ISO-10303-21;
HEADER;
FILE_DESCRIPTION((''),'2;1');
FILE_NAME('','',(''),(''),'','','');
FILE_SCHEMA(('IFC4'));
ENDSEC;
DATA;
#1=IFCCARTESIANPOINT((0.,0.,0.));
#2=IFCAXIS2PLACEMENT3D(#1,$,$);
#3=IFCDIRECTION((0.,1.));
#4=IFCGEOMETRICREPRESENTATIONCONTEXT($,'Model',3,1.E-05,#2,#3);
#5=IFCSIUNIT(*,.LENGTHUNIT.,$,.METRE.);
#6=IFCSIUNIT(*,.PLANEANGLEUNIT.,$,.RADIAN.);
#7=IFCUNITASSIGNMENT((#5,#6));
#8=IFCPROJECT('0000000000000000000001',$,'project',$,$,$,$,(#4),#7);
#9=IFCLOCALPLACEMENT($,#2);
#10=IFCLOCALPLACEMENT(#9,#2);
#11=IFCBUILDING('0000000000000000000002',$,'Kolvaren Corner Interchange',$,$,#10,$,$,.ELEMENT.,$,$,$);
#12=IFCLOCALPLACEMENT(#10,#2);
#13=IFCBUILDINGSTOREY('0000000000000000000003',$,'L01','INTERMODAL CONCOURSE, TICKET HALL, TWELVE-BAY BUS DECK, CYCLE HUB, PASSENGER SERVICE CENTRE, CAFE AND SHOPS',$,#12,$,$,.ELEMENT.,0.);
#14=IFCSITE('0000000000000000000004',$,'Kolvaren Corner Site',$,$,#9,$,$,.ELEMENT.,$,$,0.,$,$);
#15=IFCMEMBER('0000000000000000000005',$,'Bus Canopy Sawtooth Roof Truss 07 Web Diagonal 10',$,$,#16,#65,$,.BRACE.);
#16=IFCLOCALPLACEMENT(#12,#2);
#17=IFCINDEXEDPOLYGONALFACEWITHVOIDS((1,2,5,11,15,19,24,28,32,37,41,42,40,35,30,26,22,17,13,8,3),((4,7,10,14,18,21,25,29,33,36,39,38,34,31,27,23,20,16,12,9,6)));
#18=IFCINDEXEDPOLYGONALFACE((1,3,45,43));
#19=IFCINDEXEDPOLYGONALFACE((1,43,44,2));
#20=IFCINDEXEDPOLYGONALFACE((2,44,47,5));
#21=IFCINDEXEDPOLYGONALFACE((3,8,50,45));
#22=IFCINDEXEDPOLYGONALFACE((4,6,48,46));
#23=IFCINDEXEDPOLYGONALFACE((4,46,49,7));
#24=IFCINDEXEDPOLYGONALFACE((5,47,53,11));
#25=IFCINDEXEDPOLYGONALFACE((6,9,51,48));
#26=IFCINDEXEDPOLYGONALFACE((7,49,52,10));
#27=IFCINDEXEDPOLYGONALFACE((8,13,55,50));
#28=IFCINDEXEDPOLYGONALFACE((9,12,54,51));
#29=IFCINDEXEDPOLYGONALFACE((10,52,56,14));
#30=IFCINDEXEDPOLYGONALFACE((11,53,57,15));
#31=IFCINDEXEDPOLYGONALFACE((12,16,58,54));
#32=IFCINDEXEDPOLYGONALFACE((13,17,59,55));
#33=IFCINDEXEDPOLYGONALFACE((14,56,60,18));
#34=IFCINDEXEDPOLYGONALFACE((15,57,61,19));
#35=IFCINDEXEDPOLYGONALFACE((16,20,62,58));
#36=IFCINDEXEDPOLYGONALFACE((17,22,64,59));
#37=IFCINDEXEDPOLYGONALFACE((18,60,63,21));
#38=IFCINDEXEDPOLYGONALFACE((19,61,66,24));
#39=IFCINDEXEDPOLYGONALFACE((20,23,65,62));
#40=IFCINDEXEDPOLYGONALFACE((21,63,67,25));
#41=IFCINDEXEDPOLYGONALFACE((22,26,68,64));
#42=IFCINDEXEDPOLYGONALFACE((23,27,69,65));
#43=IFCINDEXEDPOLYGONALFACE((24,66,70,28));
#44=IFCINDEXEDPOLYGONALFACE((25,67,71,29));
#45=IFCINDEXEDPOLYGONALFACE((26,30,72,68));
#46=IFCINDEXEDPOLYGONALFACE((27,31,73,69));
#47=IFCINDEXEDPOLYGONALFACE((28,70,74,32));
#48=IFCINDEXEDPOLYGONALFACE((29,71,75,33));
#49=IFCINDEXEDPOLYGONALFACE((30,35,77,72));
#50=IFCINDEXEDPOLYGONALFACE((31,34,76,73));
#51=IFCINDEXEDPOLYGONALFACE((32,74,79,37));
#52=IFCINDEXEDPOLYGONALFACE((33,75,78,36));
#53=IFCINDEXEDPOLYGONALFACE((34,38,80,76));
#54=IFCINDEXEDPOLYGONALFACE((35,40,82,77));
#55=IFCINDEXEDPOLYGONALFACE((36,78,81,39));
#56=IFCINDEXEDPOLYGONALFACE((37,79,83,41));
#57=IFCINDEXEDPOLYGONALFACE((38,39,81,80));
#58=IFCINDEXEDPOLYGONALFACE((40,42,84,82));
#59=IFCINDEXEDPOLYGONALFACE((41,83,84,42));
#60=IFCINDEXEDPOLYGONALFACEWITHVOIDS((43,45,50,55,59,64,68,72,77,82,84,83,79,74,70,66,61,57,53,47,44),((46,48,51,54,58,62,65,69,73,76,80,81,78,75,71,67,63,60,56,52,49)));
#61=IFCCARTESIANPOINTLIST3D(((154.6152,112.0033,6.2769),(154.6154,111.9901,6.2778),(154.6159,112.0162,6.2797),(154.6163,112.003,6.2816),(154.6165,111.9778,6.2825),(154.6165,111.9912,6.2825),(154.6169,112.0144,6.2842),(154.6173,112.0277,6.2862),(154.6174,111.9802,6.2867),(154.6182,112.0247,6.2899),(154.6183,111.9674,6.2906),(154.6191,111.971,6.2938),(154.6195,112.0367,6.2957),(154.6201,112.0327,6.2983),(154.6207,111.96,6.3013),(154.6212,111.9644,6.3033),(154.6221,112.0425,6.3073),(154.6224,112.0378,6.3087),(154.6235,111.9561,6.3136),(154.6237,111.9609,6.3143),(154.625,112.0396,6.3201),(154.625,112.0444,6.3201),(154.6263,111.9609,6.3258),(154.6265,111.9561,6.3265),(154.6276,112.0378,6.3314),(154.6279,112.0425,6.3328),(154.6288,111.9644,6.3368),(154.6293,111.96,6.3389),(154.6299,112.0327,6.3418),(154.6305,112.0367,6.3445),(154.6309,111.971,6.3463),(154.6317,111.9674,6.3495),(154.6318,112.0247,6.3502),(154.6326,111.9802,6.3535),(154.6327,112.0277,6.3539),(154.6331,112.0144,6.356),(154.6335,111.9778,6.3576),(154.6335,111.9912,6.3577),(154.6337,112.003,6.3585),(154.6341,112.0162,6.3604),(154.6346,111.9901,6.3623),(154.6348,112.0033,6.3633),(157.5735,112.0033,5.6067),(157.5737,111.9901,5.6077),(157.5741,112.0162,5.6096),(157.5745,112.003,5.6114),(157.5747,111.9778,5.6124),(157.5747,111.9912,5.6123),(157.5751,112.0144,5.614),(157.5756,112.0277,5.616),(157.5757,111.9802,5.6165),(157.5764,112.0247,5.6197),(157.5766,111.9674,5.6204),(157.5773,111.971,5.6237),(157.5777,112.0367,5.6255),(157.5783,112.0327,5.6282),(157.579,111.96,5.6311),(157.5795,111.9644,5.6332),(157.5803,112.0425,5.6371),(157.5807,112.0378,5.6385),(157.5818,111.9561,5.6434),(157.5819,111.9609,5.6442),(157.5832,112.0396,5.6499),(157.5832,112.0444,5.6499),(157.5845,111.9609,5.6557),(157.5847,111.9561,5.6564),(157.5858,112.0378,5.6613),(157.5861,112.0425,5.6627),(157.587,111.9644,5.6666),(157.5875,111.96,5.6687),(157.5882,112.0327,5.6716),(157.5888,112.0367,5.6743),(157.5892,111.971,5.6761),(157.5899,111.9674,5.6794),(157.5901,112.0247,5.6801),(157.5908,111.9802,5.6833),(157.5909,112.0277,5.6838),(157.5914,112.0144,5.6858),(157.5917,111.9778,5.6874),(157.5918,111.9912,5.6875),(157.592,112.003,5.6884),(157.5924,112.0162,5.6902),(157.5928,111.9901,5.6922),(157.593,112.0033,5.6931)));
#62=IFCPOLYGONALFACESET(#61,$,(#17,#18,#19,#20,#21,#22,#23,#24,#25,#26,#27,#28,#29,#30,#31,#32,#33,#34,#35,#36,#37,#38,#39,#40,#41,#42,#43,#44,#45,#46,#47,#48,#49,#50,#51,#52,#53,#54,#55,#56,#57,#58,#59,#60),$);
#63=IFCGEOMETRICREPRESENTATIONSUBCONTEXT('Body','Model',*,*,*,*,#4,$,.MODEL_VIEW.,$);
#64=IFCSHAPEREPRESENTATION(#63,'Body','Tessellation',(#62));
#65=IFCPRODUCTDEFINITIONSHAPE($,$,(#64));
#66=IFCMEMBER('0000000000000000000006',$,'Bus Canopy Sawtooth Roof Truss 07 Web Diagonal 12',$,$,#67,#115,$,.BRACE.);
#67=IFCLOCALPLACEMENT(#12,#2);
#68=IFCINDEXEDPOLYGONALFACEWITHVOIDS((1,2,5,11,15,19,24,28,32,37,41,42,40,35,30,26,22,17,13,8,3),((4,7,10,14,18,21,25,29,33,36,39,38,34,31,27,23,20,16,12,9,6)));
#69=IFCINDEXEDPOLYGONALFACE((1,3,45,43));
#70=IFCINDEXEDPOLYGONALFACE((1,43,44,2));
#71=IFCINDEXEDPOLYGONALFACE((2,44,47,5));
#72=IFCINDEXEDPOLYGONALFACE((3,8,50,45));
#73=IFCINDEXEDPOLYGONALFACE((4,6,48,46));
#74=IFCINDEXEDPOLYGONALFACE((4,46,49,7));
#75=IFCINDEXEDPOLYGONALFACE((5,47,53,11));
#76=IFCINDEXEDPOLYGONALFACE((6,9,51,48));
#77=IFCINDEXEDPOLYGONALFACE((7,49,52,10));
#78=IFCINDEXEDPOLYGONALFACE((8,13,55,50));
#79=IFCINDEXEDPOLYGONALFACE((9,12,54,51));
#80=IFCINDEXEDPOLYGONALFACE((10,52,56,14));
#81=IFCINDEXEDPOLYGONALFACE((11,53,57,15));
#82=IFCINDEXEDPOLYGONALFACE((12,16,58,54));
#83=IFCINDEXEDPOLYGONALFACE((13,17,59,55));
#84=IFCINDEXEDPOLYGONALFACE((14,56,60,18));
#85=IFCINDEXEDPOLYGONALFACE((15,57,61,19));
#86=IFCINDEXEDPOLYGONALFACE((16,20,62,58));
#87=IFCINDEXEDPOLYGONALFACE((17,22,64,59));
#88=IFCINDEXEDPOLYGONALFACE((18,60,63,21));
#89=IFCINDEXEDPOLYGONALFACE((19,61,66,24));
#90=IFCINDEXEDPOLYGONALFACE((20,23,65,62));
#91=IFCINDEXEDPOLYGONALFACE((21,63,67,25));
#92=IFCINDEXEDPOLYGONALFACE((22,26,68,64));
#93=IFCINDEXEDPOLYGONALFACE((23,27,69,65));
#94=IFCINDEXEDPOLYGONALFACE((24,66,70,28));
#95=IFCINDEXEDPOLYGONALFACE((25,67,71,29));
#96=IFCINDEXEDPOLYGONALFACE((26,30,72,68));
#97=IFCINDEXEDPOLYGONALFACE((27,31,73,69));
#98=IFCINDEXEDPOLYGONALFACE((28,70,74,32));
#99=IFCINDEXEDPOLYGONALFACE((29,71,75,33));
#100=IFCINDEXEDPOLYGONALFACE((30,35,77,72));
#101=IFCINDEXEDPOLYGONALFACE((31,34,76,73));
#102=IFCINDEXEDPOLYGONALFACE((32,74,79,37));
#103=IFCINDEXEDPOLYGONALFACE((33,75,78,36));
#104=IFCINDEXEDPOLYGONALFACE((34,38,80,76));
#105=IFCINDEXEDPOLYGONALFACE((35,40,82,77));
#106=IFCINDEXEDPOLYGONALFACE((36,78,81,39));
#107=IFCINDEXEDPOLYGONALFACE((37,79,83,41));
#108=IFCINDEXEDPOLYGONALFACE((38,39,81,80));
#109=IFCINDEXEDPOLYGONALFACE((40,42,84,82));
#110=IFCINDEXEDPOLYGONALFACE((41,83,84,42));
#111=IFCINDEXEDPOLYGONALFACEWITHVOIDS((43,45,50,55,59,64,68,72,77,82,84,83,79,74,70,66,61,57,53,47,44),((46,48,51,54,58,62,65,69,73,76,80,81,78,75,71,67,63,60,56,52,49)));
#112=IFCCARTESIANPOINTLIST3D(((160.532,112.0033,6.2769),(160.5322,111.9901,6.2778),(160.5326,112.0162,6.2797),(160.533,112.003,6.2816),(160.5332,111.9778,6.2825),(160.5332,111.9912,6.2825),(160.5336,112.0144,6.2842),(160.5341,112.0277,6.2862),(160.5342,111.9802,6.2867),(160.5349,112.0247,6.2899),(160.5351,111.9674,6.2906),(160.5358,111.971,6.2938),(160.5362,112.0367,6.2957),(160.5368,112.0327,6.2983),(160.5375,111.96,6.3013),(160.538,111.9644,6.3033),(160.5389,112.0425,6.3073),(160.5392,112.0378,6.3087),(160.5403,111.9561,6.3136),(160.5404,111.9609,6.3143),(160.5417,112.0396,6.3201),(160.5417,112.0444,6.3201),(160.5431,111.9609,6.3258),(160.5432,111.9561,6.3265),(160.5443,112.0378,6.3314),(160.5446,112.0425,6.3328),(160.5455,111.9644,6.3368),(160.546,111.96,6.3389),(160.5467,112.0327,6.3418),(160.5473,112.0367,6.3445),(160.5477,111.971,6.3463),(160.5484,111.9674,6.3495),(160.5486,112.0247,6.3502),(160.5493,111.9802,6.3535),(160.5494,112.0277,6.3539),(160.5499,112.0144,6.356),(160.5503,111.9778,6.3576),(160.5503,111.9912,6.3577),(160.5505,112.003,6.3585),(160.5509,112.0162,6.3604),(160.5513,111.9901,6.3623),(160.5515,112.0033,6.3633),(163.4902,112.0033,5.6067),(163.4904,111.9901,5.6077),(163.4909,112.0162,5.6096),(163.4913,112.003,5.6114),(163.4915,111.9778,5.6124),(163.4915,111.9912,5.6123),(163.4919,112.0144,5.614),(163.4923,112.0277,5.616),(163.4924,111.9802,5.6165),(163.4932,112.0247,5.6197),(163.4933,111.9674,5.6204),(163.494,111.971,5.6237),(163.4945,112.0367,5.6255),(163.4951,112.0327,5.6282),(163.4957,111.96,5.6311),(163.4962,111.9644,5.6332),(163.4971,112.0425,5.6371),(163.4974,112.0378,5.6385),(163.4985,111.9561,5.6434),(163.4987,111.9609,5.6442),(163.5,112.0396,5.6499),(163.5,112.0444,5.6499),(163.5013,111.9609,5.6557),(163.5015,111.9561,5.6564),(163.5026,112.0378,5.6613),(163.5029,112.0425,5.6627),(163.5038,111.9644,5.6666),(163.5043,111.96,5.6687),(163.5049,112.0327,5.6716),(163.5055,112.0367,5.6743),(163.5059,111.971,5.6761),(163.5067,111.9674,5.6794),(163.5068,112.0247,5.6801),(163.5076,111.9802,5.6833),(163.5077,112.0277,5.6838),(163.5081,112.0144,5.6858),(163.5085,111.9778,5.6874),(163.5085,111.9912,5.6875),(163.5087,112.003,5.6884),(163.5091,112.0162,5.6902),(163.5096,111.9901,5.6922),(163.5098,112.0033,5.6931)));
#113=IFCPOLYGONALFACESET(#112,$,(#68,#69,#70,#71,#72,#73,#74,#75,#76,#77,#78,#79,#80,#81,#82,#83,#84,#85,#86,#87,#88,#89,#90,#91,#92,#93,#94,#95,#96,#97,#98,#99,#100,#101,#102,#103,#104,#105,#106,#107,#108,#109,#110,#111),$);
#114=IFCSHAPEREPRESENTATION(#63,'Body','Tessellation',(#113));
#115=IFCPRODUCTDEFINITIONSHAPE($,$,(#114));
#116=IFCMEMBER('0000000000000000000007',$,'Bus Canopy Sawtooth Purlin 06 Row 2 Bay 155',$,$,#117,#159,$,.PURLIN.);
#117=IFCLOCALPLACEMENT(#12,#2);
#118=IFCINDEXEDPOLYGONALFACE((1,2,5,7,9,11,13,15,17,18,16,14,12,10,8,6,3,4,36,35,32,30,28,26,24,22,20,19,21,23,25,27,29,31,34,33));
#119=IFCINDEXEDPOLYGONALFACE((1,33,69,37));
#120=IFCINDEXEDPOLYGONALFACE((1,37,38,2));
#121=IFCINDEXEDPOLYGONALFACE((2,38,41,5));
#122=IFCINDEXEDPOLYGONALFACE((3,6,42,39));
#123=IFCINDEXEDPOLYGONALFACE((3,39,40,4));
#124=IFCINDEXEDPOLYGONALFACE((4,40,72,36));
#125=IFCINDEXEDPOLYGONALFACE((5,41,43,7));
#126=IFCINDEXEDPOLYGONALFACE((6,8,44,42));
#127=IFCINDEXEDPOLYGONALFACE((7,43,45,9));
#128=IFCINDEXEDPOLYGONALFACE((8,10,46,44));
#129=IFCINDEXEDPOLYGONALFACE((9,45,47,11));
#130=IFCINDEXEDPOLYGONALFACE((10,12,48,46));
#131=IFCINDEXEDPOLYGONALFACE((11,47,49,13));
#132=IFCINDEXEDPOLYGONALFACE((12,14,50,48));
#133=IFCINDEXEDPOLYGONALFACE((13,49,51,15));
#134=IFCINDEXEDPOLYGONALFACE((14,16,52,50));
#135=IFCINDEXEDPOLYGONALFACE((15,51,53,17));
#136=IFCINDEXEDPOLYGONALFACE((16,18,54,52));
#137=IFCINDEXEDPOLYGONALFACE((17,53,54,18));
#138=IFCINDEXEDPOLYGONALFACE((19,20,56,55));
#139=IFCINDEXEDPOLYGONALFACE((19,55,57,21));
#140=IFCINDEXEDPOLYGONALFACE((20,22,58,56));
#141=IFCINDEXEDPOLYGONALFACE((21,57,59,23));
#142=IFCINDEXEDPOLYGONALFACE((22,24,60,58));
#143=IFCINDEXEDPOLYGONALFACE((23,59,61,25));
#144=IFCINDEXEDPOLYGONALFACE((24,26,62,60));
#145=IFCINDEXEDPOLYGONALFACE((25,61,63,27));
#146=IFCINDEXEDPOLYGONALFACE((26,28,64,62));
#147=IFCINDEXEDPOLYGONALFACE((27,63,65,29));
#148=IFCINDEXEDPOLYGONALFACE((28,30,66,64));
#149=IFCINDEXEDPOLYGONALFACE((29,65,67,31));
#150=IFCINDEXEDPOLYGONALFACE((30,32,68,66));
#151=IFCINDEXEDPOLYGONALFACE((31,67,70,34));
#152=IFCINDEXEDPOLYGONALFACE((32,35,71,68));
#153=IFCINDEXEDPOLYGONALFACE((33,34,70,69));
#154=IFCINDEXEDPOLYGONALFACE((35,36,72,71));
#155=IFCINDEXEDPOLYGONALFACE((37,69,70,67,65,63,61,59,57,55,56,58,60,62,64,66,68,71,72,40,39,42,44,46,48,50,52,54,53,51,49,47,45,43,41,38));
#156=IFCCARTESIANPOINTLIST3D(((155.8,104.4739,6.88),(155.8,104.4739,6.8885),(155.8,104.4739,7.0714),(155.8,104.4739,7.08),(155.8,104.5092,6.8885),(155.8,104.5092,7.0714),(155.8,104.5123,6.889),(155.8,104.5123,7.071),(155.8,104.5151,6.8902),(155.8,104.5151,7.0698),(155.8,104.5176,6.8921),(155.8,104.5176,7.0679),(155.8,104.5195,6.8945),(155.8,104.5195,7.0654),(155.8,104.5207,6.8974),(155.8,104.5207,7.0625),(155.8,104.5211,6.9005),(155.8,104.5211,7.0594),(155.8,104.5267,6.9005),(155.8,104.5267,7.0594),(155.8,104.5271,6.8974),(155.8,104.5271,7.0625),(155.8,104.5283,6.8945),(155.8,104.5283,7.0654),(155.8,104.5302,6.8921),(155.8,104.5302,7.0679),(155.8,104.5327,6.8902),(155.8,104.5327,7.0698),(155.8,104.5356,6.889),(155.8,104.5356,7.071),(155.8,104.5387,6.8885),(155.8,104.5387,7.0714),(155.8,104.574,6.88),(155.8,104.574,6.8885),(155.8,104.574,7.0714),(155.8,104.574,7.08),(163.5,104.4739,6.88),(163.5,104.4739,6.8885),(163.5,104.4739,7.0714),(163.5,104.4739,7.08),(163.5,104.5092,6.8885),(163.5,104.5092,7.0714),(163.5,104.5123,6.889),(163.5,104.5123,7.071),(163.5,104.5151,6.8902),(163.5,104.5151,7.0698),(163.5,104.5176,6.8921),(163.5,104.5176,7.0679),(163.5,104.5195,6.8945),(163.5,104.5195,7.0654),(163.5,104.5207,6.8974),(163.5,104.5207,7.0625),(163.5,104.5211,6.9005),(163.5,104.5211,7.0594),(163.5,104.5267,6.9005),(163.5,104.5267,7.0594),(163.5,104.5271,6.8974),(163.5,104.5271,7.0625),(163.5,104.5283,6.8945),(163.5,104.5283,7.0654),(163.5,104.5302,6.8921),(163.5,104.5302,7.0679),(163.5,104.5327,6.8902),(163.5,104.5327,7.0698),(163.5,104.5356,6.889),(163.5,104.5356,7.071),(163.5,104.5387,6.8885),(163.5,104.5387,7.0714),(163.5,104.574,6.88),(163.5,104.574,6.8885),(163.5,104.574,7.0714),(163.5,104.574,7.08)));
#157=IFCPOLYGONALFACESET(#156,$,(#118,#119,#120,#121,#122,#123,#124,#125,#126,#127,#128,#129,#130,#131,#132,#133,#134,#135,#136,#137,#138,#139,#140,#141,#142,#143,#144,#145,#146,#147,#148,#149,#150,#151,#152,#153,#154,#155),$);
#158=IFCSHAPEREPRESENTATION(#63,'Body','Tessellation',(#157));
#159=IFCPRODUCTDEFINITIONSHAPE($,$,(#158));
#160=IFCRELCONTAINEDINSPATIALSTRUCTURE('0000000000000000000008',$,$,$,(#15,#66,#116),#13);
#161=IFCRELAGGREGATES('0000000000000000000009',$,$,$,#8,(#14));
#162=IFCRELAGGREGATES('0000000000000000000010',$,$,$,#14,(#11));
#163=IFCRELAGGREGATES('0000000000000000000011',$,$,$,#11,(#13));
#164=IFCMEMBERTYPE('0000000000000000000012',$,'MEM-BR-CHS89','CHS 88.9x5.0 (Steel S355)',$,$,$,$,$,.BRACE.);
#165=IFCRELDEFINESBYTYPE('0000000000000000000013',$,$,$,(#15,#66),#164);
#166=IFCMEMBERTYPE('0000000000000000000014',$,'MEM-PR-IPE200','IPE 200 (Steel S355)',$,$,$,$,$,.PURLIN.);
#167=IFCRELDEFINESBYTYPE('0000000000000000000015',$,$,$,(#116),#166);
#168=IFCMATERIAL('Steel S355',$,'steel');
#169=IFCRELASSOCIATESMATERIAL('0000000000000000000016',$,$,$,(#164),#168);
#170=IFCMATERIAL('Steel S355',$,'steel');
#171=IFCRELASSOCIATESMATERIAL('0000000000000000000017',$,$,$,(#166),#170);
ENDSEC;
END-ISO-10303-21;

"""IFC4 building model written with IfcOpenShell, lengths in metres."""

from ifc_helpers import new_model, si_unit, direction, frame, origin, origin_2d, place, context, subcontext, project, spatial, hollow_circle, i_section, extrude, material, material_profile, profile_set, type_object, element, save


model = new_model("IFC4")

# Units and contexts
model_context = context("Model", 3, precision=1e-05, world=origin(), true_north=direction((0.0, 1.0)))
body_context = subcontext(model_context, "Body", "Model", "MODEL_VIEW")
ifc_project = project(units=[si_unit("LENGTHUNIT", "METRE"), si_unit("PLANEANGLEUNIT", "RADIAN")], contexts=[model_context])

# Site, building, storey
site_placement = place(None, origin())
site = spatial("IfcSite", under=ifc_project, at=site_placement, Name="Kolvaren Corner Site", CompositionType="ELEMENT", RefElevation=0.0)
building_placement = place(site_placement, origin())
building = spatial("IfcBuilding", under=site, at=building_placement, Name="Kolvaren Corner Interchange", CompositionType="ELEMENT")
storey_placement = place(building_placement, origin())
storey = spatial("IfcBuildingStorey", under=building, at=storey_placement, Name="L01", Description="INTERMODAL CONCOURSE, TICKET HALL, TWELVE-BAY BUS DECK, CYCLE HUB, PASSENGER SERVICE CENTRE, CAFE AND SHOPS", CompositionType="ELEMENT", Elevation=0.0)

# Members
ifc_material_1 = material(Name="Steel S355", Category="steel")
ifc_material_profile_1 = material_profile(ifc_material_1, hollow_circle(Radius=0.0444, WallThickness=0.0049, at=origin_2d()), Name="CHS 88.9x5.0")
ifc_profile_set_1 = profile_set([ifc_material_profile_1], Name="Steel S355")
member_type_1 = type_object("IfcMemberType", Name="MEM-BR-CHS89", Description="CHS 88.9x5.0 (Steel S355)", PredefinedType="BRACE", material=ifc_profile_set_1)
for number, where, z_axis, x_axis, name in (
    (1, (154.625, 112.0, 6.3201), (0.975287, 0.0, -0.220943), (0.0, 1.0, 0.0), "Bus Canopy Sawtooth Roof Truss 07 Web Diagonal 10"),
    (2, (160.5417, 112.0, 6.3201), (0.975287, 0.0, -0.220943), (0.0, 1.0, 0.0), "Bus Canopy Sawtooth Roof Truss 07 Web Diagonal 12"),
):
    element("IfcMember", number, at=place(storey_placement, frame(where, z_axis=z_axis, x_axis=x_axis)), inside=storey, type_object=member_type_1, Name=name, PredefinedType="BRACE", context=body_context, shape_type="SweptSolid", body=[
        extrude(hollow_circle(Radius=0.0444, WallThickness=0.0049, at=origin_2d()), origin(), (0.0, 0.0, 1.0), 3.0332),
    ])
ifc_material_2 = material(Name="Steel S355", Category="steel")
ifc_material_profile_2 = material_profile(ifc_material_2, i_section(OverallWidth=0.1001, OverallDepth=0.2, WebThickness=0.0056, FlangeThickness=0.0085, FilletRadius=0.012, at=origin_2d()), Name="IPE 200")
ifc_profile_set_2 = profile_set([ifc_material_profile_2], Name="Steel S355")
member_type_2 = type_object("IfcMemberType", Name="MEM-PR-IPE200", Description="IPE 200 (Steel S355)", PredefinedType="PURLIN", material=ifc_profile_set_2)
member_1_placement = place(storey_placement, frame((155.8, 104.5239, 6.98), z_axis=(1.0, 0.0, 0.0), x_axis=(0.0, 1.0, 0.0)))
element("IfcMember", 3, at=member_1_placement, inside=storey, type_object=member_type_2, Name="Bus Canopy Sawtooth Purlin 06 Row 2 Bay 155", PredefinedType="PURLIN", context=body_context, shape_type="SweptSolid", body=[
    extrude(i_section(OverallWidth=0.1001, OverallDepth=0.2, WebThickness=0.0056, FlangeThickness=0.0085, FilletRadius=0.012, at=origin_2d()), origin(), (0.0, 0.0, 1.0), 7.7),
])

save(model, "model.ifc")
